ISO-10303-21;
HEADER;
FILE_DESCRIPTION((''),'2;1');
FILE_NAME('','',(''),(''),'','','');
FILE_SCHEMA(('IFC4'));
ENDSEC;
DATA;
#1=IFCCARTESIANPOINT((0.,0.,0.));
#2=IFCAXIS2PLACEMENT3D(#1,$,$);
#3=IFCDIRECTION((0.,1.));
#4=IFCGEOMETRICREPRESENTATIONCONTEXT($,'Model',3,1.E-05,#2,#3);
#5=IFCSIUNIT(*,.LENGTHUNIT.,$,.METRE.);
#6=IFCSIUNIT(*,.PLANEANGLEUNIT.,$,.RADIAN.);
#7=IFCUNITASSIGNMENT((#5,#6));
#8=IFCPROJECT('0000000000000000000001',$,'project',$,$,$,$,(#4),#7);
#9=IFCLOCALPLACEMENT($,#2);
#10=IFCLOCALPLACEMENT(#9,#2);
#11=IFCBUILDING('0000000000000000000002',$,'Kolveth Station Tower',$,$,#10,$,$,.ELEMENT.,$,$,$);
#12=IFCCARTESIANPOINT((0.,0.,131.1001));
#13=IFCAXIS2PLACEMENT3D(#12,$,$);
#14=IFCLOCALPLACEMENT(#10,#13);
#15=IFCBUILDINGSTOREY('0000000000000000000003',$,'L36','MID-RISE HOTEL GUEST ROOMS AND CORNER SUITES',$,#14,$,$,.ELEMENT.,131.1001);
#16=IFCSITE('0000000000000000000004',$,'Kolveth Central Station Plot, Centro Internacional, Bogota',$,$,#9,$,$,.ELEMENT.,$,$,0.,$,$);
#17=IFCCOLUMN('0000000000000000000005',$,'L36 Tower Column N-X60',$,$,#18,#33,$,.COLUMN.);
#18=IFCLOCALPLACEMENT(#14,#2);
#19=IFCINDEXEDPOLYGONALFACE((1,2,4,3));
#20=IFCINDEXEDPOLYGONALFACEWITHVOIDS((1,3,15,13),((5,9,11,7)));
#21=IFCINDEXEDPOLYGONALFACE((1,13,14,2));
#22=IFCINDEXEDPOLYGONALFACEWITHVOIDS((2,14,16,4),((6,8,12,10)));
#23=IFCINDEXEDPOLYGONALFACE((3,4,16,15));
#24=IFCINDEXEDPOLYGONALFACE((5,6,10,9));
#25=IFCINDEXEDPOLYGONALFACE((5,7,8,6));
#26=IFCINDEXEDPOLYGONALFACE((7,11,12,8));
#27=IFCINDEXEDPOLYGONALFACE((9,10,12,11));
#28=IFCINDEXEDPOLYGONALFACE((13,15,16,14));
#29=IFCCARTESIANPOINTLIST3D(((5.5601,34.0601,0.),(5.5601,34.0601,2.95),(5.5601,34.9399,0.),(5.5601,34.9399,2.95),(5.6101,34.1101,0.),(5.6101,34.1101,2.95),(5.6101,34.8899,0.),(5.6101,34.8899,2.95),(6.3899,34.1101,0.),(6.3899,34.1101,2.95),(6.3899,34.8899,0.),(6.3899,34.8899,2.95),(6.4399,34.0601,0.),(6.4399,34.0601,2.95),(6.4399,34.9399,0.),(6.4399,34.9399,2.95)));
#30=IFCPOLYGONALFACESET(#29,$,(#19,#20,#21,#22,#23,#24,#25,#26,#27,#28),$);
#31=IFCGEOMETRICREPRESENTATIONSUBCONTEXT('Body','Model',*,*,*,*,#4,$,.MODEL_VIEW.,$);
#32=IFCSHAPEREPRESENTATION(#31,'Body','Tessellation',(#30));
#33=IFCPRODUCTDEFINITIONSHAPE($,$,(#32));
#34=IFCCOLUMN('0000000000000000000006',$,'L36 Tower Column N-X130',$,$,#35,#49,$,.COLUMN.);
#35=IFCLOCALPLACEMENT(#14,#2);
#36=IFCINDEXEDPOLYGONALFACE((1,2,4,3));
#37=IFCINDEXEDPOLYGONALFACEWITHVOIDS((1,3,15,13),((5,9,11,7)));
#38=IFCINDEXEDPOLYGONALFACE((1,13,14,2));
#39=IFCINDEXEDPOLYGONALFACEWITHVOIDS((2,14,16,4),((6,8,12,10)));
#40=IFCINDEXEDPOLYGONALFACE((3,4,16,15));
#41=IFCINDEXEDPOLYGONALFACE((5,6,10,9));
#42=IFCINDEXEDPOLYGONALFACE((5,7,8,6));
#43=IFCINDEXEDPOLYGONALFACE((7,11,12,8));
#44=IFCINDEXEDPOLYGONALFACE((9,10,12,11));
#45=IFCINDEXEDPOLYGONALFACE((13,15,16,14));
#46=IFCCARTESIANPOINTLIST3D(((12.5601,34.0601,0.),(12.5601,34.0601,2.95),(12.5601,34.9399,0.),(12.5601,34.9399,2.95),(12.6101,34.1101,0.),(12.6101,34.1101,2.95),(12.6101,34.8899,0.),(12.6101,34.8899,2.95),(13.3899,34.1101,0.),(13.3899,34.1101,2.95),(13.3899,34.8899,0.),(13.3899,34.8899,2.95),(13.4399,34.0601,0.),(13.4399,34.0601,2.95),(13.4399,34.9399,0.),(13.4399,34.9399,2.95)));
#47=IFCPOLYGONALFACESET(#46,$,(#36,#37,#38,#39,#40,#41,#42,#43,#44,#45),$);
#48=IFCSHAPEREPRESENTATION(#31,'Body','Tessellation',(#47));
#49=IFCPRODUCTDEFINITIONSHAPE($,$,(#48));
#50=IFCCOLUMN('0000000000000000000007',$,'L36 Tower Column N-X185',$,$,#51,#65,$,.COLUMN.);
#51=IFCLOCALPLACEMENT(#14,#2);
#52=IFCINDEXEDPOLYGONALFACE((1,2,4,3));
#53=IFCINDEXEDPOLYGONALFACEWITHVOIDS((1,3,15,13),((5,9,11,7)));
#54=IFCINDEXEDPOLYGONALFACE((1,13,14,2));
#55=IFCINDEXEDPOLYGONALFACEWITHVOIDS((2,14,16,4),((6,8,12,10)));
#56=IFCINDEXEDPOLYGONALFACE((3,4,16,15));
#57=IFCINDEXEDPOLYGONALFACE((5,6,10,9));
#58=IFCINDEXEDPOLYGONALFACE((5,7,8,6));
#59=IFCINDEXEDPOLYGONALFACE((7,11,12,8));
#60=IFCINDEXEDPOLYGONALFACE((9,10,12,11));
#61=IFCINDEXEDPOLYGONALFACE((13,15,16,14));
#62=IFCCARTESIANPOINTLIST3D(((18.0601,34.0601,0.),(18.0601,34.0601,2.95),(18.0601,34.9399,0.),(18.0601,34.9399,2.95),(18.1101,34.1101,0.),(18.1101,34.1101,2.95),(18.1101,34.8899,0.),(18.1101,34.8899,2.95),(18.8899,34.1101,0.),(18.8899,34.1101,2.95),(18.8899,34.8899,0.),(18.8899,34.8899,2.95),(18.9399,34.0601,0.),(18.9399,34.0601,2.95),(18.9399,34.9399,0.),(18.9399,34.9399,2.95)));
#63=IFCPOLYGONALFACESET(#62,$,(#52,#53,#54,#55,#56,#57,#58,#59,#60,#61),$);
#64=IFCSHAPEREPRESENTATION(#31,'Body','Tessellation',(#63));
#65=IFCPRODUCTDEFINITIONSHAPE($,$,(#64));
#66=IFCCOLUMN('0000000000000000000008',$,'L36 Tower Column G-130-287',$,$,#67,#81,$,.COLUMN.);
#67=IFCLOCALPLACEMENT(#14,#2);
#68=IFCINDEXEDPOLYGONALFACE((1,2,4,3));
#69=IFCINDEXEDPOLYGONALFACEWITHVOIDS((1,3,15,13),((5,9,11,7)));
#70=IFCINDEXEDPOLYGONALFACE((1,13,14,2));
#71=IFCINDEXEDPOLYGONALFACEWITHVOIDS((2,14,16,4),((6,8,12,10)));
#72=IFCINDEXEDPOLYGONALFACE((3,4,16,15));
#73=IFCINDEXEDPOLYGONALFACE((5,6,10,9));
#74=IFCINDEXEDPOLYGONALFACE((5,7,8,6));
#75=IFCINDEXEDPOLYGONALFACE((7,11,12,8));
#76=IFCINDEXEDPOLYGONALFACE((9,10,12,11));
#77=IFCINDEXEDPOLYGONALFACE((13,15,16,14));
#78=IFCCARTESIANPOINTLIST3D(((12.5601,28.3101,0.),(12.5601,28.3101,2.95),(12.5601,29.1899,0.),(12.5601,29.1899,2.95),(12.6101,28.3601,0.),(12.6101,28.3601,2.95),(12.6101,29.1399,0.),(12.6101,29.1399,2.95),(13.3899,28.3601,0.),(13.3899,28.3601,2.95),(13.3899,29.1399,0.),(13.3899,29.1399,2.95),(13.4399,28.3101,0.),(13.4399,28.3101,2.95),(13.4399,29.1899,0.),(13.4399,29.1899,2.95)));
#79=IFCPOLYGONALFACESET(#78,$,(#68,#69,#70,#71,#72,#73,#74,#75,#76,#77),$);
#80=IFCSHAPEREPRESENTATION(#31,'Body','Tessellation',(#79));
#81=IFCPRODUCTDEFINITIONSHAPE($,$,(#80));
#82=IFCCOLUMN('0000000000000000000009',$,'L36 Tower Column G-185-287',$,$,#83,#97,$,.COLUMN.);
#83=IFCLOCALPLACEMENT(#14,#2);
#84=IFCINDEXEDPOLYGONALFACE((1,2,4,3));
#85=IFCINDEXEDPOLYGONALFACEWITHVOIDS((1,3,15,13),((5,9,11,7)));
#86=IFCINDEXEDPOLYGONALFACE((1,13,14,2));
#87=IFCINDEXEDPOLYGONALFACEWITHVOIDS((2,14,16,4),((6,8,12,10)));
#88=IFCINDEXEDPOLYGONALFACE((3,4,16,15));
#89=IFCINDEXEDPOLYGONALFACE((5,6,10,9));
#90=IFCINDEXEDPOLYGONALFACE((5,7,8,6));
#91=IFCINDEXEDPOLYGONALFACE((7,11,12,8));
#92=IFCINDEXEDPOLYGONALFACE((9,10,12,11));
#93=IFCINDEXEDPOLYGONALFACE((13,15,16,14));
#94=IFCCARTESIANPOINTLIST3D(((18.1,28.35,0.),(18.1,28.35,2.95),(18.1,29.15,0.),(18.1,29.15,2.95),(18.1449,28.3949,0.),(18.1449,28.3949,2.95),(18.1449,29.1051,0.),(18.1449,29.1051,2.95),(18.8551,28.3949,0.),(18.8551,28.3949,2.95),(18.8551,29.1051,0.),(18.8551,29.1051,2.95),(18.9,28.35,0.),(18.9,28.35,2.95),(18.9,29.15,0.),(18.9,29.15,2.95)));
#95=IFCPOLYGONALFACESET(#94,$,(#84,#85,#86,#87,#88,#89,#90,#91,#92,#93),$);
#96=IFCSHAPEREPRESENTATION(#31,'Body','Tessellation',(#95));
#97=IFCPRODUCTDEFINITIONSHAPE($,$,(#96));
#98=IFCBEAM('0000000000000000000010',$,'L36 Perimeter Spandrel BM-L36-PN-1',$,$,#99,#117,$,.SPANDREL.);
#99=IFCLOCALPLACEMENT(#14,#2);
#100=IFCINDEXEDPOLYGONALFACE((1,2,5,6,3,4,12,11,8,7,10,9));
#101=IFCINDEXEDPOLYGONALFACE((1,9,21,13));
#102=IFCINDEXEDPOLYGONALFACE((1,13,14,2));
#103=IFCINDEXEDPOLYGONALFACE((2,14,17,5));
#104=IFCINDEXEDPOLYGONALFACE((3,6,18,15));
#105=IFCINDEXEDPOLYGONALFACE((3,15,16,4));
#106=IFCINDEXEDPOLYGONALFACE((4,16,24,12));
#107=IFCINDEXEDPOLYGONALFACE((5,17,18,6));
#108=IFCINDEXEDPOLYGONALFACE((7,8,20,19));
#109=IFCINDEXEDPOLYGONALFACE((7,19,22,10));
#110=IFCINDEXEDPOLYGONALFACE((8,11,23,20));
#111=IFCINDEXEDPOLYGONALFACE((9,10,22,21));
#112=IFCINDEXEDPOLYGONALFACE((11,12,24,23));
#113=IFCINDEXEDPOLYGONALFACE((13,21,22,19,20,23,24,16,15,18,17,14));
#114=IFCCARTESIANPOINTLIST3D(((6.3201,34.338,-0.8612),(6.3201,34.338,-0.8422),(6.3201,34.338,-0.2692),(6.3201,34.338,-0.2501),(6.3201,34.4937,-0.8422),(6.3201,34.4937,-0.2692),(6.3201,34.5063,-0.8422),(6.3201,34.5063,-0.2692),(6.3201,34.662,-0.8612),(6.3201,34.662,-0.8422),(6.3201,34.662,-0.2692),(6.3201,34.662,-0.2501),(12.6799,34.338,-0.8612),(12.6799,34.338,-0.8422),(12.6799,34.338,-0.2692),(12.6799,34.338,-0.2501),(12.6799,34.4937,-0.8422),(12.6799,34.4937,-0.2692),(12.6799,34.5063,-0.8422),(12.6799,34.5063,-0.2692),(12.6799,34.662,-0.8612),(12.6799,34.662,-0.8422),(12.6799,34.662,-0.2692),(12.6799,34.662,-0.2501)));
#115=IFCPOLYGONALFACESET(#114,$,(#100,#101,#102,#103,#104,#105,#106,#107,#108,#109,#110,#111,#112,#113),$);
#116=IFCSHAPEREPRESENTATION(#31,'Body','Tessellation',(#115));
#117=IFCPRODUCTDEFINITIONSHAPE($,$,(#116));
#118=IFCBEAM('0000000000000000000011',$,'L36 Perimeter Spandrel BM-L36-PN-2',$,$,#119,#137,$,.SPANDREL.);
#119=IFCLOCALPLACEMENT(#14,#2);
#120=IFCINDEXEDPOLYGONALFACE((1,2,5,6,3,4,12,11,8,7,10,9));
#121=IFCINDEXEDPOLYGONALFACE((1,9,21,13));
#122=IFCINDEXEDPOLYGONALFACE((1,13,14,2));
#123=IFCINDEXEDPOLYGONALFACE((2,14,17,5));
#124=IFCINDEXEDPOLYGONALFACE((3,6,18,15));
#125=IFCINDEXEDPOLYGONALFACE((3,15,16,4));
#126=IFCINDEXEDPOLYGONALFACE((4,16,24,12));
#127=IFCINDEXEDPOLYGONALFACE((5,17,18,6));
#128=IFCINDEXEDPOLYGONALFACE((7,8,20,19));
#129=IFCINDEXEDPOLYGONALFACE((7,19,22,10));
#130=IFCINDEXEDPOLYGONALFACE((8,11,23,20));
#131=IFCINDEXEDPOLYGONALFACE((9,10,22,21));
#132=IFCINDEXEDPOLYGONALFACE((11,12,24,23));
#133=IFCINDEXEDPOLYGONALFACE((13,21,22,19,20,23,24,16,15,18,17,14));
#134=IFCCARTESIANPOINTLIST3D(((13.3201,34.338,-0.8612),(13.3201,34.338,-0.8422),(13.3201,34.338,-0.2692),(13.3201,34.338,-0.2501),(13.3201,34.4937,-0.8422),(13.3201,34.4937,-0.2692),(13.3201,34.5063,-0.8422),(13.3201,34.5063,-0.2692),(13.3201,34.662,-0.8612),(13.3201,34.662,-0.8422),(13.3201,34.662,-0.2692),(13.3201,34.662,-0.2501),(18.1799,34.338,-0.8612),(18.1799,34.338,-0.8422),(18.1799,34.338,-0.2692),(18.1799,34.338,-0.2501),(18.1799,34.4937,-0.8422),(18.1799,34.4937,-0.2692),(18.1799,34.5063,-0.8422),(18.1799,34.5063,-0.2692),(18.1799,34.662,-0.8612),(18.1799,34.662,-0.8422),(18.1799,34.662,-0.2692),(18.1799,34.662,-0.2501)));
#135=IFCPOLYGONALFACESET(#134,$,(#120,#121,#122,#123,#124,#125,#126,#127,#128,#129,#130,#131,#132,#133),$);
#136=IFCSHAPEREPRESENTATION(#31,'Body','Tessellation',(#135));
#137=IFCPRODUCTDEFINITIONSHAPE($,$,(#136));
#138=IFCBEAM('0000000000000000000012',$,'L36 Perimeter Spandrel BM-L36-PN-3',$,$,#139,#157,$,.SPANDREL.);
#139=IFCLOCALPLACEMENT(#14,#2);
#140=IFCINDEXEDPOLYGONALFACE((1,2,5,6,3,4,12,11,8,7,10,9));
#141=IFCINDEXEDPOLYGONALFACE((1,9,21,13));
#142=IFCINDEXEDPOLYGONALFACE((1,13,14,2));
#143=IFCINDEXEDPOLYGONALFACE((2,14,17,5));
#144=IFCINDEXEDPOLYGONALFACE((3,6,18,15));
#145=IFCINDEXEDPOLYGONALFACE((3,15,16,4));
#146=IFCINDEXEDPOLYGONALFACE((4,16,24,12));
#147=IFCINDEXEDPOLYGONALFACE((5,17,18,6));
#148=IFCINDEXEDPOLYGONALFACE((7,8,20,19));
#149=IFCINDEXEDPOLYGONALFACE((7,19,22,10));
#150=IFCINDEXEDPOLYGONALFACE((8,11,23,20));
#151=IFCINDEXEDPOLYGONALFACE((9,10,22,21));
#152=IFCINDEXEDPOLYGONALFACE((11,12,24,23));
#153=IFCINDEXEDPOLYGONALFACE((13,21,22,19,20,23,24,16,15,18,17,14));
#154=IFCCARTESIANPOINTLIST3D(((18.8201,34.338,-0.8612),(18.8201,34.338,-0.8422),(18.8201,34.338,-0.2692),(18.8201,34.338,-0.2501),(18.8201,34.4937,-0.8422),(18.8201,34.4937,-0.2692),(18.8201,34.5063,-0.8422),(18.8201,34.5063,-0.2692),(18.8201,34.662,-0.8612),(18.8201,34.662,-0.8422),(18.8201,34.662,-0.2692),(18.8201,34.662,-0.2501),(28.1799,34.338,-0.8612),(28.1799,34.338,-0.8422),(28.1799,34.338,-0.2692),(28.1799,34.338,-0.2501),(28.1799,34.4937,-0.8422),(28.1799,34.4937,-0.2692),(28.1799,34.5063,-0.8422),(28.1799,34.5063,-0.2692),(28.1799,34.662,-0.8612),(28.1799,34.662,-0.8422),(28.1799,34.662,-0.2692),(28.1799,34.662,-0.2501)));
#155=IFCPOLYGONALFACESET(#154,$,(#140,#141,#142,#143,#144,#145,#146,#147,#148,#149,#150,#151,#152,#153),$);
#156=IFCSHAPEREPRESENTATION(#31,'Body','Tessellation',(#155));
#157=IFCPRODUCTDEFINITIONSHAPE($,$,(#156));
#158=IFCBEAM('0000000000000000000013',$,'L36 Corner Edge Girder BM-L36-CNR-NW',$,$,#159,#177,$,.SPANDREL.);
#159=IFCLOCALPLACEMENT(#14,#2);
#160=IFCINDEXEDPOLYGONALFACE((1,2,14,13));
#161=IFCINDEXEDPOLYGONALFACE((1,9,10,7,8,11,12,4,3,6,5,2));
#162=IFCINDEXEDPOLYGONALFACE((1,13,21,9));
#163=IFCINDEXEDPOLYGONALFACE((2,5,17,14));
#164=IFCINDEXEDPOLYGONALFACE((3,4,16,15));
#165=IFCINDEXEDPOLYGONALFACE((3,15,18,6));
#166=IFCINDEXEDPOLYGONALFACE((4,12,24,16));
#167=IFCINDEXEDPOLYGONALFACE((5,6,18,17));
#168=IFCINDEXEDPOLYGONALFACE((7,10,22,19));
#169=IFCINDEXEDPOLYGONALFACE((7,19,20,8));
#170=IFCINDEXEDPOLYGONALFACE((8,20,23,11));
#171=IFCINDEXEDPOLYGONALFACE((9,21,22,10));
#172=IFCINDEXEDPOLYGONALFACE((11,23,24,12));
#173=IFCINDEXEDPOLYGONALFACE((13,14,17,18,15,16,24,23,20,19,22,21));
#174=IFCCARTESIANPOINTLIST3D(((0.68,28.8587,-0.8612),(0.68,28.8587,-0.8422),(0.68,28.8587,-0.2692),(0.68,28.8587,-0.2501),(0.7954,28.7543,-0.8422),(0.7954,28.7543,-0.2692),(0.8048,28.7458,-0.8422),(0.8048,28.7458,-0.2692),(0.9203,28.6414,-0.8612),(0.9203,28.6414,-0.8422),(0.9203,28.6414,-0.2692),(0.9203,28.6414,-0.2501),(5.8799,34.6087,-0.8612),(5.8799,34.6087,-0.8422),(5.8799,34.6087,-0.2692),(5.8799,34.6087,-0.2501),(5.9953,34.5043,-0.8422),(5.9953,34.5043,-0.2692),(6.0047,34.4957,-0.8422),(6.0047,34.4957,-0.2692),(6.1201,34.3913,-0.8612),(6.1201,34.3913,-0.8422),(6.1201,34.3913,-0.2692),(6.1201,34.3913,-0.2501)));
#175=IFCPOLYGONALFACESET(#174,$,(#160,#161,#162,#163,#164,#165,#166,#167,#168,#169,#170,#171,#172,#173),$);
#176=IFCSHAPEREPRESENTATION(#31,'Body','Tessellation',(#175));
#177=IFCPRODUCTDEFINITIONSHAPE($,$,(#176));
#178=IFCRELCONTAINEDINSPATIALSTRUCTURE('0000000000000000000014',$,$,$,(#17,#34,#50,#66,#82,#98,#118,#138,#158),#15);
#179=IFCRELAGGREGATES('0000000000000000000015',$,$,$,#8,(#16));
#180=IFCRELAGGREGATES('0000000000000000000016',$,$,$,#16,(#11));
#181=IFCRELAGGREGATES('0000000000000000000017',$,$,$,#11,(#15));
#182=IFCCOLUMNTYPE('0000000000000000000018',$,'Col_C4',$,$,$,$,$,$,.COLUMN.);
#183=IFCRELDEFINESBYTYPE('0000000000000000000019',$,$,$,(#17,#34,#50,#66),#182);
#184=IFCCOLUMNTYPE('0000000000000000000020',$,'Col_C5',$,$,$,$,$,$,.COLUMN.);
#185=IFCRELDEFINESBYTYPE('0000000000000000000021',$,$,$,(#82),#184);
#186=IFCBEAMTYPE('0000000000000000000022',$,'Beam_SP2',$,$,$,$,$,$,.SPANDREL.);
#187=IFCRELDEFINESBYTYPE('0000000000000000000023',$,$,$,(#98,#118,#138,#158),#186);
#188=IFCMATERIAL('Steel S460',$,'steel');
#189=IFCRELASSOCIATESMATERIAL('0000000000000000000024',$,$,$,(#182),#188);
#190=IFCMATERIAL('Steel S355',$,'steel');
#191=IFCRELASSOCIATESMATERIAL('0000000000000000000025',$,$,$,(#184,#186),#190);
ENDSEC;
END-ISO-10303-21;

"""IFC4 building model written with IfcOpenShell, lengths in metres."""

from ifc_helpers import new_model, si_unit, direction, frame, origin, origin_2d, place, context, subcontext, project, spatial, hollow_rectangle, i_section, extrude, source, transform, mapped, material, material_profile, profile_set, type_object, element, save


model = new_model("IFC4")

# Units and contexts
model_context = context("Model", 3, precision=1e-05, world=origin(), true_north=direction((0.0, 1.0)))
body_context = subcontext(model_context, "Body", "Model", "MODEL_VIEW")
ifc_project = project(units=[si_unit("LENGTHUNIT", "METRE"), si_unit("PLANEANGLEUNIT", "RADIAN")], contexts=[model_context])

# Site, building, storey
site_placement = place(None, origin())
site = spatial("IfcSite", under=ifc_project, at=site_placement, Name="Kolveth Central Station Plot, Centro Internacional, Bogota", CompositionType="ELEMENT", RefElevation=0.0)
building_placement = place(site_placement, origin())
building = spatial("IfcBuilding", under=site, at=building_placement, Name="Kolveth Station Tower", CompositionType="ELEMENT")
storey_placement = place(building_placement, frame((0.0, 0.0, 131.1001)))
storey = spatial("IfcBuildingStorey", under=building, at=storey_placement, Name="L36", Description="MID-RISE HOTEL GUEST ROOMS AND CORNER SUITES", CompositionType="ELEMENT", Elevation=131.1001)

# Columns
ifc_material_1 = material(Name="Steel S460", Category="steel")
ifc_material_profile_1 = material_profile(ifc_material_1, hollow_rectangle(XDim=0.8799, YDim=0.8799, WallThickness=0.05, at=origin_2d()), Name="BOX880x880x50")
ifc_profile_set_1 = profile_set([ifc_material_profile_1], Name="Steel S460")
column_type_1 = type_object("IfcColumnType", Name="Col_C4", PredefinedType="COLUMN", material=ifc_profile_set_1)
shared_shape_1 = source(origin(), body_context, "Body", "SweptSolid", [
    extrude(hollow_rectangle(XDim=0.8799, YDim=0.8799, WallThickness=0.05, at=origin_2d()), origin(), (0.0, 0.0, 1.0), 2.95),
])
for number, where, z_axis, x_axis, name in (
    (1, (6.0, 34.5, 0.0), (0.0, 0.0, 1.0), (1.0, 0.0, 0.0), "L36 Tower Column N-X60"),
    (2, (13.0, 34.5, 0.0), (0.0, 0.0, 1.0), (1.0, 0.0, 0.0), "L36 Tower Column N-X130"),
    (3, (18.5, 34.5, 0.0), (0.0, 0.0, 1.0), (1.0, 0.0, 0.0), "L36 Tower Column N-X185"),
    (4, (13.0, 28.75, 0.0), (0.0, 0.0, 1.0), (1.0, 0.0, 0.0), "L36 Tower Column G-130-287"),
):
    element("IfcColumn", number, at=place(storey_placement, frame(where, z_axis=z_axis, x_axis=x_axis)), inside=storey, type_object=column_type_1, Name=name, PredefinedType="COLUMN", context=body_context, shape_type="MappedRepresentation", body=[
        mapped(shared_shape_1, transform((0.0, 0.0, 0.0), x_axis=(1.0, 0.0, 0.0), y_axis=(0.0, 1.0, 0.0), z_axis=(0.0, 0.0, 1.0), scale=1.0)),
    ])
ifc_material_2 = material(Name="Steel S355", Category="steel")
ifc_material_profile_2 = material_profile(ifc_material_2, hollow_rectangle(XDim=0.8, YDim=0.8, WallThickness=0.0449, at=origin_2d()), Name="BOX800x800x45")
ifc_profile_set_2 = profile_set([ifc_material_profile_2], Name="Steel S355")
column_type_2 = type_object("IfcColumnType", Name="Col_C5", PredefinedType="COLUMN", material=ifc_profile_set_2)
shared_shape_2 = source(origin(), body_context, "Body", "SweptSolid", [
    extrude(hollow_rectangle(XDim=0.8, YDim=0.8, WallThickness=0.0449, at=origin_2d()), origin(), (0.0, 0.0, 1.0), 2.95),
])
column_placement = place(storey_placement, frame((18.5, 28.75, 0.0), z_axis=(0.0, 0.0, 1.0), x_axis=(1.0, 0.0, 0.0)))
element("IfcColumn", 5, at=column_placement, inside=storey, type_object=column_type_2, Name="L36 Tower Column G-185-287", PredefinedType="COLUMN", context=body_context, shape_type="MappedRepresentation", body=[
    mapped(shared_shape_2, transform((0.0, 0.0, 0.0), x_axis=(1.0, 0.0, 0.0), y_axis=(0.0, 1.0, 0.0), z_axis=(0.0, 0.0, 1.0), scale=1.0)),
])

# Beams
ifc_material_profile_3 = material_profile(ifc_material_2, i_section(OverallWidth=0.324, OverallDepth=0.6111, WebThickness=0.0127, FlangeThickness=0.019, at=origin_2d()), Name="W610x155")
ifc_profile_set_3 = profile_set([ifc_material_profile_3], Name="Steel S355")
beam_type_1 = type_object("IfcBeamType", Name="Beam_SP2", PredefinedType="SPANDREL", material=ifc_profile_set_3)
shared_shape_3 = source(origin(), body_context, "Body", "SweptSolid", [
    extrude(i_section(OverallWidth=0.324, OverallDepth=0.6111, WebThickness=0.0127, FlangeThickness=0.019, at=origin_2d()), origin(), (0.0, 0.0, 1.0), 6.3599),
])
beam_1_placement = place(storey_placement, frame((6.3201, 34.5, -0.5557), z_axis=(1.0, 0.0, 0.0), x_axis=(0.0, 1.0, 0.0)))
element("IfcBeam", 6, at=beam_1_placement, inside=storey, type_object=beam_type_1, Name="L36 Perimeter Spandrel BM-L36-PN-1", PredefinedType="SPANDREL", context=body_context, shape_type="MappedRepresentation", body=[
    mapped(shared_shape_3, transform((0.0, 0.0, 0.0), x_axis=(1.0, 0.0, 0.0), y_axis=(0.0, 1.0, 0.0), z_axis=(0.0, 0.0, 1.0), scale=1.0)),
])
shared_shape_4 = source(origin(), body_context, "Body", "SweptSolid", [
    extrude(i_section(OverallWidth=0.324, OverallDepth=0.6111, WebThickness=0.0127, FlangeThickness=0.019, at=origin_2d()), origin(), (0.0, 0.0, 1.0), 4.8599),
])
beam_2_placement = place(storey_placement, frame((13.3201, 34.5, -0.5557), z_axis=(1.0, 0.0, 0.0), x_axis=(0.0, 1.0, 0.0)))
element("IfcBeam", 7, at=beam_2_placement, inside=storey, type_object=beam_type_1, Name="L36 Perimeter Spandrel BM-L36-PN-2", PredefinedType="SPANDREL", context=body_context, shape_type="MappedRepresentation", body=[
    mapped(shared_shape_4, transform((0.0, 0.0, 0.0), x_axis=(1.0, 0.0, 0.0), y_axis=(0.0, 1.0, 0.0), z_axis=(0.0, 0.0, 1.0), scale=1.0)),
])
shared_shape_5 = source(origin(), body_context, "Body", "SweptSolid", [
    extrude(i_section(OverallWidth=0.324, OverallDepth=0.6111, WebThickness=0.0127, FlangeThickness=0.019, at=origin_2d()), origin(), (0.0, 0.0, 1.0), 9.3599),
])
beam_3_placement = place(storey_placement, frame((18.8201, 34.5, -0.5557), z_axis=(1.0, 0.0, 0.0), x_axis=(0.0, 1.0, 0.0)))
element("IfcBeam", 8, at=beam_3_placement, inside=storey, type_object=beam_type_1, Name="L36 Perimeter Spandrel BM-L36-PN-3", PredefinedType="SPANDREL", context=body_context, shape_type="MappedRepresentation", body=[
    mapped(shared_shape_5, transform((0.0, 0.0, 0.0), x_axis=(1.0, 0.0, 0.0), y_axis=(0.0, 1.0, 0.0), z_axis=(0.0, 0.0, 1.0), scale=1.0)),
])
shared_shape_6 = source(origin(), body_context, "Body", "SweptSolid", [
    extrude(i_section(OverallWidth=0.324, OverallDepth=0.6111, WebThickness=0.0127, FlangeThickness=0.019, at=origin_2d()), origin(), (0.0, 0.0, 1.0), 7.7524),
])
beam_4_placement = place(storey_placement, frame((6.0, 34.5, -0.5557), z_axis=(-0.670741, -0.741692, 0.0), x_axis=(0.741692, -0.670741, 0.0)))
element("IfcBeam", 9, at=beam_4_placement, inside=storey, type_object=beam_type_1, Name="L36 Corner Edge Girder BM-L36-CNR-NW", PredefinedType="SPANDREL", context=body_context, shape_type="MappedRepresentation", body=[
    mapped(shared_shape_6, transform((0.0, 0.0, 0.0), x_axis=(1.0, 0.0, 0.0), y_axis=(0.0, 1.0, 0.0), z_axis=(0.0, 0.0, 1.0), scale=1.0)),
])

save(model, "model.ifc")
